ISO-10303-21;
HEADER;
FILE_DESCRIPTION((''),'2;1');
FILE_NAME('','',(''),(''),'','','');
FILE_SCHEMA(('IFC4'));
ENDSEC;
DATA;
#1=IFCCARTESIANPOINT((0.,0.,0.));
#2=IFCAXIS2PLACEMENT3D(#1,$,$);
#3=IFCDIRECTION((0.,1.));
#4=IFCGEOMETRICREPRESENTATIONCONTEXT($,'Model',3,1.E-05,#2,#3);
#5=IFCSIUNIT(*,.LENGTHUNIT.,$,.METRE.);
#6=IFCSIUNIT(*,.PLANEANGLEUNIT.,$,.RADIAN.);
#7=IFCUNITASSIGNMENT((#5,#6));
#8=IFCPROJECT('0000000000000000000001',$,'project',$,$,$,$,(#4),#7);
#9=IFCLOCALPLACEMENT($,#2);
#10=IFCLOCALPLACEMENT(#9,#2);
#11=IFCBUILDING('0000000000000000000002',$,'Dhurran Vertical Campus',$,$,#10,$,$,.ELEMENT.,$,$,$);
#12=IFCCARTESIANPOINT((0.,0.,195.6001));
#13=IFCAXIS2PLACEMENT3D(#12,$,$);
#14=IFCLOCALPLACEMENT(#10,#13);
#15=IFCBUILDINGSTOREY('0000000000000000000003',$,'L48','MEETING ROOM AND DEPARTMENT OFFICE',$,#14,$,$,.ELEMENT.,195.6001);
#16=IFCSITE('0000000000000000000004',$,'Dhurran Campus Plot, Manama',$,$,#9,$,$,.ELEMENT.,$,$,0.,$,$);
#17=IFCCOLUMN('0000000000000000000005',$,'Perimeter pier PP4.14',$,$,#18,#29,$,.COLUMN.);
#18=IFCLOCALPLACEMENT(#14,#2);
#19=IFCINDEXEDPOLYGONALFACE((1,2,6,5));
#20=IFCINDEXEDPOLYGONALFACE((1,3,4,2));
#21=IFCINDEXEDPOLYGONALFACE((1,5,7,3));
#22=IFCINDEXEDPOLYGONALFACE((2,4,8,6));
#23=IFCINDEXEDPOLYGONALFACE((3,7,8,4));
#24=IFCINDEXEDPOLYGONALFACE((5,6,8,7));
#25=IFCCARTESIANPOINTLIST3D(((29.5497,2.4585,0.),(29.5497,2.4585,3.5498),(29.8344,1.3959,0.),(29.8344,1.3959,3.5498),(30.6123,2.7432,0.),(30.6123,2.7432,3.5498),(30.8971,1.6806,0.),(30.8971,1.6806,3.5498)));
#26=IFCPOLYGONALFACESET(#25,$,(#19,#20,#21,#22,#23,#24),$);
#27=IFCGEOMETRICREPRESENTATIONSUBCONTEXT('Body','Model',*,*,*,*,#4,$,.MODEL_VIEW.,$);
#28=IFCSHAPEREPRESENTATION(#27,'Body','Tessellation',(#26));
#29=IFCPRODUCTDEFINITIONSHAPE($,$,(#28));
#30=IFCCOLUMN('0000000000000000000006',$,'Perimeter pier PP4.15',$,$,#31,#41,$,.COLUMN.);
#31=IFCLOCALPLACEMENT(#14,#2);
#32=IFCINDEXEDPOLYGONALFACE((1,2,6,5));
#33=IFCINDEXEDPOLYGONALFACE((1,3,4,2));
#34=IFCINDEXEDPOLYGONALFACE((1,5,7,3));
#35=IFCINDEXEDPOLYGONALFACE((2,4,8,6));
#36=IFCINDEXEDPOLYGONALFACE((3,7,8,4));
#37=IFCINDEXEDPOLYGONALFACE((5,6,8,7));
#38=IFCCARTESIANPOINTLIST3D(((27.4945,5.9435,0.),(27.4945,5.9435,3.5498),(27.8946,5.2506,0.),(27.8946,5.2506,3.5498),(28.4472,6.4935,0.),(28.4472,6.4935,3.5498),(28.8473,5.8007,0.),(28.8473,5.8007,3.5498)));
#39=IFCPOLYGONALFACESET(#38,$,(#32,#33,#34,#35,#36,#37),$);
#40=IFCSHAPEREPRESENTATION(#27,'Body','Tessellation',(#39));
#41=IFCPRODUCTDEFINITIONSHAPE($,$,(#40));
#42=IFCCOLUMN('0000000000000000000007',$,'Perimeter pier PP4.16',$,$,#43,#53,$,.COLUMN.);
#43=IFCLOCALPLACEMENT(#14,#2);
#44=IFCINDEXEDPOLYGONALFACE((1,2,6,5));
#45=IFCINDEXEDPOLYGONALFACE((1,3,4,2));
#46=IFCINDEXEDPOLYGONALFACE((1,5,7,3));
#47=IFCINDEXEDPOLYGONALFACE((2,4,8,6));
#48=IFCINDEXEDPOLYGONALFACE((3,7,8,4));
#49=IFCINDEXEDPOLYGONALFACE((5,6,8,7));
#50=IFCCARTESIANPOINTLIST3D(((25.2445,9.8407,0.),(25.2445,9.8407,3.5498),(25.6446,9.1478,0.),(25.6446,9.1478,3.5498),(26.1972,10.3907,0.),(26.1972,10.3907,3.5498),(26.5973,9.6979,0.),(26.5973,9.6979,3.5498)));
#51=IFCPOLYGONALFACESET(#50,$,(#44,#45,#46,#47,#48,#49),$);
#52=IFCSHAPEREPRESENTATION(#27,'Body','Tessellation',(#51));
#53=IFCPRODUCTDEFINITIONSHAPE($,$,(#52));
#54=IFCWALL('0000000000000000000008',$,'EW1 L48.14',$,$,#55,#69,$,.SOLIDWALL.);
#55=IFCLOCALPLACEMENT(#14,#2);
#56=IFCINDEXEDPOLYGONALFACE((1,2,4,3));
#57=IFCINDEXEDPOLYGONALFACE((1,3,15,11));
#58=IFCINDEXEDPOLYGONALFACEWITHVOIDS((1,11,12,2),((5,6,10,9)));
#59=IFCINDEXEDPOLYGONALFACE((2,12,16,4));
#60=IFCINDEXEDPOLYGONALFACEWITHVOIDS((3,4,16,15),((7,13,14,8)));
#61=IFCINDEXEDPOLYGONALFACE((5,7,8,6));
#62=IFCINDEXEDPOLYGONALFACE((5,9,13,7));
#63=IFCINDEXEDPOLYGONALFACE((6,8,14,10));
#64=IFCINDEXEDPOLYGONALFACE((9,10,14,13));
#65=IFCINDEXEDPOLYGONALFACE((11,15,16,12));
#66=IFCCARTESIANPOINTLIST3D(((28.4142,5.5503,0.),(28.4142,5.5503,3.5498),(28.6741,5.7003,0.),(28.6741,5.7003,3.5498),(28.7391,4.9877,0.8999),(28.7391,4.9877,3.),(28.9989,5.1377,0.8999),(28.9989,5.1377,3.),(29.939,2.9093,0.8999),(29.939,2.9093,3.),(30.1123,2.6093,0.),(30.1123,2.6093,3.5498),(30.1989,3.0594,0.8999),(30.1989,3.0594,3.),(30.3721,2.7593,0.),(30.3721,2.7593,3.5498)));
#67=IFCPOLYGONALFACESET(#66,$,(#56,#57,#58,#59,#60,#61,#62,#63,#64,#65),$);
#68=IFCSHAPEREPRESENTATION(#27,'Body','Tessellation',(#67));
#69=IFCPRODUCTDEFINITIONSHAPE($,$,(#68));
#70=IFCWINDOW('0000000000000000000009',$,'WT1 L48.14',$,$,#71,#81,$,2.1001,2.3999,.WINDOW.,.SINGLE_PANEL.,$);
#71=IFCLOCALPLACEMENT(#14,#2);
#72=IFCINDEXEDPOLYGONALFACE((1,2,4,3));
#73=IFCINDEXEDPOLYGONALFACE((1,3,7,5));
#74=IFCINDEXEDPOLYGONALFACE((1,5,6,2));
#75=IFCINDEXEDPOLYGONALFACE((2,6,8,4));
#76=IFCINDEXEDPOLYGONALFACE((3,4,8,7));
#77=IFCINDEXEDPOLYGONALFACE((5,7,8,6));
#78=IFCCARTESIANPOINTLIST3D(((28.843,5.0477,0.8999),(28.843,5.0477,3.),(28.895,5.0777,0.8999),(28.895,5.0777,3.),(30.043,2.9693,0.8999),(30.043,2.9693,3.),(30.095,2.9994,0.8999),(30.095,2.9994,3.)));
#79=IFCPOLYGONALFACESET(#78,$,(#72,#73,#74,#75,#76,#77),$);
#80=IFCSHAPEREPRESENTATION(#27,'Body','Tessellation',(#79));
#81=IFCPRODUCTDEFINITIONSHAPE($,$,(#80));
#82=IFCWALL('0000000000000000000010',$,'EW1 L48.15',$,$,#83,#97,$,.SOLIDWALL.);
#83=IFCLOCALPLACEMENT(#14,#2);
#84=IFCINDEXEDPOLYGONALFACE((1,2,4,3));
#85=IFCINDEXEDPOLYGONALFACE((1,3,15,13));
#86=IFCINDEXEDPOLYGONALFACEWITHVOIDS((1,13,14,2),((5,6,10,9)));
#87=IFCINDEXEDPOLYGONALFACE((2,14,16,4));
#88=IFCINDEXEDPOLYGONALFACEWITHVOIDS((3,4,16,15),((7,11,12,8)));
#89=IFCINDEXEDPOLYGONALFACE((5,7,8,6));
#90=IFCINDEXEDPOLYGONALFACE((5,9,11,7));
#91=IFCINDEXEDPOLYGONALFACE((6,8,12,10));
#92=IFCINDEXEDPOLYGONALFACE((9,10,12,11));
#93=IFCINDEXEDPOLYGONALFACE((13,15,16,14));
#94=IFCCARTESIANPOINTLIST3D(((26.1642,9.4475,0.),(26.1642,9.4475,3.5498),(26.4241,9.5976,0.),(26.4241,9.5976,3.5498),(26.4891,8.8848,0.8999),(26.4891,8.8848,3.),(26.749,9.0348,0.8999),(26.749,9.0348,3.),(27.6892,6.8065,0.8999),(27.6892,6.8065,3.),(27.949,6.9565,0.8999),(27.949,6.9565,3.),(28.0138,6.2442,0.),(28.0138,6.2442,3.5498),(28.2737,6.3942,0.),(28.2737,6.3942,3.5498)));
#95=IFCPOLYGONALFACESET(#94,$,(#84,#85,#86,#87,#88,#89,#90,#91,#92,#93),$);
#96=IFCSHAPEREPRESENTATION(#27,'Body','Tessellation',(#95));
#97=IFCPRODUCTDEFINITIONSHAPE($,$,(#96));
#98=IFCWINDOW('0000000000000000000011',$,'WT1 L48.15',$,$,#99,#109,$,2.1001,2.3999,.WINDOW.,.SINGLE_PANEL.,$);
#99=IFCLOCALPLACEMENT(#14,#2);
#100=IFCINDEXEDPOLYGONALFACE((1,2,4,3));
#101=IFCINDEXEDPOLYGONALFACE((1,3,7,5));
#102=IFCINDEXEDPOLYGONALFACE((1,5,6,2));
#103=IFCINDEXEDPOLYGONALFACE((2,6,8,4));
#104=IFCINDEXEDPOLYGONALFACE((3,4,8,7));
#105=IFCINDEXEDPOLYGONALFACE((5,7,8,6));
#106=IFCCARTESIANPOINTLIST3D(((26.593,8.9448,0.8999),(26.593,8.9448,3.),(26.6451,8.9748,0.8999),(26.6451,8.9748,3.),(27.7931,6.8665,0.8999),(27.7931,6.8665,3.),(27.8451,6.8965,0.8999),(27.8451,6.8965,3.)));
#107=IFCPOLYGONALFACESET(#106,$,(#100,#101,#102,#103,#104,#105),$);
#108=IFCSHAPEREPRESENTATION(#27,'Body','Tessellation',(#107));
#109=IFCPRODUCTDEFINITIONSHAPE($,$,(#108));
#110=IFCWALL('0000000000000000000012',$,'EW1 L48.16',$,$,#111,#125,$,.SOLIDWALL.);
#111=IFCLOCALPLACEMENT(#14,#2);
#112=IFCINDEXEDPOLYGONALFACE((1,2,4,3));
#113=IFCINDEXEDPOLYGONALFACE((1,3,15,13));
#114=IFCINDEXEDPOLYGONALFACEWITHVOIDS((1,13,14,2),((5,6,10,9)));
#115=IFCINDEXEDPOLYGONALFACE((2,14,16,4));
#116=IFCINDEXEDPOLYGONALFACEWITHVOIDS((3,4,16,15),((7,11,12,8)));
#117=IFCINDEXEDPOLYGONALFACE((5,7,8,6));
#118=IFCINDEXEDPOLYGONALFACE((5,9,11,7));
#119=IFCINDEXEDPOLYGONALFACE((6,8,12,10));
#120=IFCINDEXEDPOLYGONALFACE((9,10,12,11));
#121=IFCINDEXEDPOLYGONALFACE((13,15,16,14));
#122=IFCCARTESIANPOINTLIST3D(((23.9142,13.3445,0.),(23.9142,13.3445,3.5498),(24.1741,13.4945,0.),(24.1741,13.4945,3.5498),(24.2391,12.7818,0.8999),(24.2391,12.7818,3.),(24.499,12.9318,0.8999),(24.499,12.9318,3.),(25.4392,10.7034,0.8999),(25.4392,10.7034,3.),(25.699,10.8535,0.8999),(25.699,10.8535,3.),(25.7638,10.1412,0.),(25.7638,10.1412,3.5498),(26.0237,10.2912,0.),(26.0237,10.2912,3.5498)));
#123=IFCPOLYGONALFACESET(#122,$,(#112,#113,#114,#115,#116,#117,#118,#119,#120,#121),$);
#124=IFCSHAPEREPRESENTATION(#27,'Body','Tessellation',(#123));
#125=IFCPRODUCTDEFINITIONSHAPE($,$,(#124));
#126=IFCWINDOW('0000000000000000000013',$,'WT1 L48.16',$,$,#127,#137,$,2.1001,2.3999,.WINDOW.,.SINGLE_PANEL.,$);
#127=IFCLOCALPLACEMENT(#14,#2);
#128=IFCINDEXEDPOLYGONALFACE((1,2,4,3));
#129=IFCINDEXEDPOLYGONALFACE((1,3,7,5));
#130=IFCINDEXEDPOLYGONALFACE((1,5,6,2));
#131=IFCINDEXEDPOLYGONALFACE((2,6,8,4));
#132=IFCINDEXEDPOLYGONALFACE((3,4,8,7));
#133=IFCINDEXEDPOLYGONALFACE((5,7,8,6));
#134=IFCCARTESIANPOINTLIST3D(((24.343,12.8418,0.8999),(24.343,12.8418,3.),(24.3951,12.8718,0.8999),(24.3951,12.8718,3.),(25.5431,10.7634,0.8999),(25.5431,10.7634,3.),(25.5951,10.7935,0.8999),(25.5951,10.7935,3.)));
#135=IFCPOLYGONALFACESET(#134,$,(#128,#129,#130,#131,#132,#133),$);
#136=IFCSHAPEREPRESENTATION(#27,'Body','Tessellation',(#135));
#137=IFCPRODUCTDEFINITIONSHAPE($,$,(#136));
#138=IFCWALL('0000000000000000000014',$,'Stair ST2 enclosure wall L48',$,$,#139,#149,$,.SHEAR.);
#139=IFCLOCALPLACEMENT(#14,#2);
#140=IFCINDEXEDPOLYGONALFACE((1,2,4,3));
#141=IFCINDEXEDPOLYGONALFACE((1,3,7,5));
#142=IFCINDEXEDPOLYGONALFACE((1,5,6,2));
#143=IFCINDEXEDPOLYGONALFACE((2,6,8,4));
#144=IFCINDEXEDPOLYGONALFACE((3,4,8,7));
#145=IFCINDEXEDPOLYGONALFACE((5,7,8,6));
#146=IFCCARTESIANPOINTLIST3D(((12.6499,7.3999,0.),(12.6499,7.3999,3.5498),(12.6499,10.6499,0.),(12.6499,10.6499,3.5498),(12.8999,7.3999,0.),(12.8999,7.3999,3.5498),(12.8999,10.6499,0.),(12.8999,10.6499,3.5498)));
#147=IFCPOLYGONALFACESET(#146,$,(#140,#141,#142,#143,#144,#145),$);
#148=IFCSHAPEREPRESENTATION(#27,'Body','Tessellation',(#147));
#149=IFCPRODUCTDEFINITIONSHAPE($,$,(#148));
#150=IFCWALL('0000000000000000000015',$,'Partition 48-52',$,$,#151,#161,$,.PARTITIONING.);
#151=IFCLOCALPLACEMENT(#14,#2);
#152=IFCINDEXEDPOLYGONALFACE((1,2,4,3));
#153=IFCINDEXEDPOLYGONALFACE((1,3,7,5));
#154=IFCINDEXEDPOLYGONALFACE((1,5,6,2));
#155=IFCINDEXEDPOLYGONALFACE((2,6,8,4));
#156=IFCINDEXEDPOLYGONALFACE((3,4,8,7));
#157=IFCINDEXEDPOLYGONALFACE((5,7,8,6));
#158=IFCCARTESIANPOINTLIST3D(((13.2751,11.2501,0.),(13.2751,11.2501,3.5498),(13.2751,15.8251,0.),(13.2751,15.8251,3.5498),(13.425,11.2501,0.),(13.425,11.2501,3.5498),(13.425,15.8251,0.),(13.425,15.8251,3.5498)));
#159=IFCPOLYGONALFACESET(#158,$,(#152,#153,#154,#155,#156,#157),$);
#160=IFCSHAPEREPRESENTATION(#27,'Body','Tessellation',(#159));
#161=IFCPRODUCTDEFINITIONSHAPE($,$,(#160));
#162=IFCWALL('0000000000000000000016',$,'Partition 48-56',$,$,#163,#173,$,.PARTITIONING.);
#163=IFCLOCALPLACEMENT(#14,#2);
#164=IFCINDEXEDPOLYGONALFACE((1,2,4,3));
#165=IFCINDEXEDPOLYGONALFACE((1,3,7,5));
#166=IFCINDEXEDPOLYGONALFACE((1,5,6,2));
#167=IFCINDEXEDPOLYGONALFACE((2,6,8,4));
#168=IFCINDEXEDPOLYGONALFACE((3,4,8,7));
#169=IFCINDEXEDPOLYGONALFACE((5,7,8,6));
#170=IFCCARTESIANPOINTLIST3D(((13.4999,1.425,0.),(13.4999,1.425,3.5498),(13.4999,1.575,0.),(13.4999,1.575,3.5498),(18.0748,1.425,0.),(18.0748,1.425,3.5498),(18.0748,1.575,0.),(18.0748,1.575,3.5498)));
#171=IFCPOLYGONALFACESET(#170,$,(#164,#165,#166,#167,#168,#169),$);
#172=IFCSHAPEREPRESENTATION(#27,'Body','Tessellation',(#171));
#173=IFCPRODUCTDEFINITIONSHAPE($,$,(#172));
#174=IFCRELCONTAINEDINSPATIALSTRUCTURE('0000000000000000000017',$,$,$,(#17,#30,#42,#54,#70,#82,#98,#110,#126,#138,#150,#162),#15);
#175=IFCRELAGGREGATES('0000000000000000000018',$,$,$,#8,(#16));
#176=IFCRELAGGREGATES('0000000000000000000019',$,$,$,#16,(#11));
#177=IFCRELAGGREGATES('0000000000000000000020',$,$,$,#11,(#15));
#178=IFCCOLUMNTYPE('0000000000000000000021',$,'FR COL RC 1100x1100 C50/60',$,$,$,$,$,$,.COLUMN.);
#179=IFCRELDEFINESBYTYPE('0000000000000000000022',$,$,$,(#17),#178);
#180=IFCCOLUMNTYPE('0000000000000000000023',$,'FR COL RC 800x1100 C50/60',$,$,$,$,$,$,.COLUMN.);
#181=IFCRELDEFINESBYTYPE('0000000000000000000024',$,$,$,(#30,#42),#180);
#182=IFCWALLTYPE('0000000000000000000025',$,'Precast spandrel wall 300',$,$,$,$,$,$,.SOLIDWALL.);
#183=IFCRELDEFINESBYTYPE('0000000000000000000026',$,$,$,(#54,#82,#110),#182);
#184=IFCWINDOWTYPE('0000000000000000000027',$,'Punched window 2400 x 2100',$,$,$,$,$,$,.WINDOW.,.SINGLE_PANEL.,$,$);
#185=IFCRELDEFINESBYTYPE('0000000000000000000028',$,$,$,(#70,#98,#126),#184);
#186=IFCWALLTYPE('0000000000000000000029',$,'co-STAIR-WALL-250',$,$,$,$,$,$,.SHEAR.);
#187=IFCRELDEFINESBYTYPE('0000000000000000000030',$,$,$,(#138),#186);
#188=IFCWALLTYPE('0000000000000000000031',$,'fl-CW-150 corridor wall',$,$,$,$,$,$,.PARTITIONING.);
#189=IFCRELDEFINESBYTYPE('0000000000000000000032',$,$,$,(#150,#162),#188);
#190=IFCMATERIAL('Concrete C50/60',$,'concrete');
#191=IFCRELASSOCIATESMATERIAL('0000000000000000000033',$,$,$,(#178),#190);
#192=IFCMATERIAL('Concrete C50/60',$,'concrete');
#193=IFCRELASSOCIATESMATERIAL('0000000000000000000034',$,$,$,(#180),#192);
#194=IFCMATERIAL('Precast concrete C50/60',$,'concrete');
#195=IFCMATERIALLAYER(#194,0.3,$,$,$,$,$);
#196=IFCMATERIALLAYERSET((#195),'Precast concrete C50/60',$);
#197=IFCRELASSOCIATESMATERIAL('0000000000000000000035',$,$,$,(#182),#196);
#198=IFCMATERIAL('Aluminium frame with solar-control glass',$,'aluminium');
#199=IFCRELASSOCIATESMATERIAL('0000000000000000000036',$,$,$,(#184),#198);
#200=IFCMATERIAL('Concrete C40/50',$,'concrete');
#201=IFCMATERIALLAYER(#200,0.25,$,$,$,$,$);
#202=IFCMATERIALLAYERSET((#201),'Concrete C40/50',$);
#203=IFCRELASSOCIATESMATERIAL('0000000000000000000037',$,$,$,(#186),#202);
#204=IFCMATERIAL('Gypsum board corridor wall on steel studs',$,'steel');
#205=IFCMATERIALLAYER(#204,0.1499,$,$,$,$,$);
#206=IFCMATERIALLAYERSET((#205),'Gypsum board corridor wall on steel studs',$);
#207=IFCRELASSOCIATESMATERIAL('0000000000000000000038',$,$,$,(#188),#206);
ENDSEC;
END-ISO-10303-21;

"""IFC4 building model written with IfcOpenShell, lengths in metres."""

from ifc_helpers import new_model, si_unit, direction, frame, frame_2d, origin, origin_2d, place, context, subcontext, project, spatial, rectangle, extrude, material, layer, layer_set, material_profile, profile_set, type_object, element, fill, save


model = new_model("IFC4")

# Units and contexts
model_context = context("Model", 3, precision=1e-05, world=origin(), true_north=direction((0.0, 1.0)))
body_context = subcontext(model_context, "Body", "Model", "MODEL_VIEW")
ifc_project = project(units=[si_unit("LENGTHUNIT", "METRE"), si_unit("PLANEANGLEUNIT", "RADIAN")], contexts=[model_context])

# Site, building, storey
site_placement = place(None, origin())
site = spatial("IfcSite", under=ifc_project, at=site_placement, Name="Dhurran Campus Plot, Manama", CompositionType="ELEMENT", RefElevation=0.0)
building_placement = place(site_placement, origin())
building = spatial("IfcBuilding", under=site, at=building_placement, Name="Dhurran Vertical Campus", CompositionType="ELEMENT")
storey_placement = place(building_placement, frame((0.0, 0.0, 195.6001)))
storey = spatial("IfcBuildingStorey", under=building, at=storey_placement, Name="L48", Description="MEETING ROOM AND DEPARTMENT OFFICE", CompositionType="ELEMENT", Elevation=195.6001)

# Columns
ifc_material_1 = material(Name="Concrete C50/60", Category="concrete")
ifc_material_profile_1 = material_profile(ifc_material_1, rectangle(XDim=1.1001, YDim=1.1001, at=origin_2d()), Name="RC 1100x1100")
ifc_profile_set_1 = profile_set([ifc_material_profile_1], Name="Concrete C50/60")
column_type_1 = type_object("IfcColumnType", Name="FR COL RC 1100x1100 C50/60", PredefinedType="COLUMN", material=ifc_profile_set_1)
column_placement = place(storey_placement, frame((30.2234, 2.0696, 0.0), z_axis=(0.0, 0.0, 1.0), x_axis=(-0.258819, 0.965926, 0.0)))
element("IfcColumn", 1, at=column_placement, inside=storey, type_object=column_type_1, Name="Perimeter pier PP4.14", PredefinedType="COLUMN", context=body_context, shape_type="SweptSolid", body=[
    extrude(rectangle(XDim=1.1001, YDim=1.1001, at=origin_2d()), origin(), (0.0, 0.0, 1.0), 3.5498),
])
ifc_material_2 = material(Name="Concrete C50/60", Category="concrete")
ifc_material_profile_2 = material_profile(ifc_material_2, rectangle(XDim=0.8, YDim=1.1001, at=origin_2d()), Name="RC 800x1100")
ifc_profile_set_2 = profile_set([ifc_material_profile_2], Name="Concrete C50/60")
column_type_2 = type_object("IfcColumnType", Name="FR COL RC 800x1100 C50/60", PredefinedType="COLUMN", material=ifc_profile_set_2)
for number, where, z_axis, x_axis, name in (
    (2, (28.1709, 5.8721, 0.0), (0.0, 0.0, 1.0), (-0.5, 0.866025, 0.0), "Perimeter pier PP4.15"),
    (3, (25.9209, 9.7693, 0.0), (0.0, 0.0, 1.0), (-0.5, 0.866025, 0.0), "Perimeter pier PP4.16"),
):
    element("IfcColumn", number, at=place(storey_placement, frame(where, z_axis=z_axis, x_axis=x_axis)), inside=storey, type_object=column_type_2, Name=name, PredefinedType="COLUMN", context=body_context, shape_type="SweptSolid", body=[
        extrude(rectangle(XDim=0.8, YDim=1.1001, at=origin_2d()), origin(), (0.0, 0.0, 1.0), 3.5498),
    ])

# Walls, openings, windows
ifc_material_3 = material(Name="Precast concrete C50/60", Category="concrete")
ifc_layer_1 = layer(ifc_material_3, 0.3)
ifc_layer_set_1 = layer_set([ifc_layer_1], Name="Precast concrete C50/60")
wall_type_1 = type_object("IfcWallType", Name="Precast spandrel wall 300", PredefinedType="SOLIDWALL", material=ifc_layer_set_1)
wall_1_placement = place(storey_placement, frame((30.2422, 2.6843, 0.0), z_axis=(0.0, 0.0, 1.0), x_axis=(-0.500013, 0.866018, 0.0)))
wall_1 = element("IfcWall", 4, at=wall_1_placement, inside=storey, type_object=wall_type_1, Name="EW1 L48.14", PredefinedType="SOLIDWALL", context=body_context, shape_type="SweptSolid", body=[
    extrude(rectangle(XDim=3.396, YDim=0.3, at=frame_2d((1.698, 0.0))), origin(), (0.0, 0.0, 1.0), 3.5498),
])
opening_1_placement = place(wall_1_placement, frame((0.3464, 0.0, 0.8999)))
opening_1 = element("IfcOpeningElement", 5, at=opening_1_placement, cuts=wall_1, PredefinedType="OPENING", context=body_context, shape_type="SweptSolid", body=[
    extrude(rectangle(XDim=2.3999, YDim=2.1001, at=frame_2d((1.2, 1.05))), frame((0.0, 0.1599, 0.0), z_axis=(0.0, -1.0, 0.0), x_axis=(1.0, 0.0, 0.0)), (0.0, 0.0, 1.0), 0.3201),
])
ifc_material_4 = material(Name="Aluminium frame with solar-control glass", Category="aluminium")
window_type = type_object("IfcWindowType", Name="Punched window 2400 x 2100", PartitioningType="SINGLE_PANEL", PredefinedType="WINDOW", material=ifc_material_4)
window_1_placement = place(opening_1_placement, origin())
window_1 = element("IfcWindow", 6, at=window_1_placement, inside=storey, type_object=window_type, Name="WT1 L48.14", OverallHeight=2.1001, OverallWidth=2.3999, PartitioningType="SINGLE_PANEL", PredefinedType="WINDOW", context=body_context, shape_type="SweptSolid", body=[
    extrude(rectangle(XDim=2.3999, YDim=2.1001, at=frame_2d((1.2, 1.05))), frame((0.0, 0.03, 0.0), z_axis=(0.0, -1.0, 0.0), x_axis=(1.0, 0.0, 0.0)), (0.0, 0.0, 1.0), 0.0601),
])
fill(opening_1, window_1)
wall_2_placement = place(storey_placement, frame((28.1438, 6.3191, 0.0), z_axis=(0.0, 0.0, 1.0), x_axis=(-0.500029, 0.866009, 0.0)))
wall_2 = element("IfcWall", 7, at=wall_2_placement, inside=storey, type_object=wall_type_1, Name="EW1 L48.15", PredefinedType="SOLIDWALL", context=body_context, shape_type="SweptSolid", body=[
    extrude(rectangle(XDim=3.699, YDim=0.3, at=frame_2d((1.8496, 0.0))), origin(), (0.0, 0.0, 1.0), 3.5498),
])
opening_2_placement = place(wall_2_placement, frame((0.6494, 0.0, 0.8999)))
opening_2 = element("IfcOpeningElement", 8, at=opening_2_placement, cuts=wall_2, PredefinedType="OPENING", context=body_context, shape_type="SweptSolid", body=[
    extrude(rectangle(XDim=2.3999, YDim=2.1001, at=frame_2d((1.2, 1.05))), frame((0.0, 0.1599, 0.0), z_axis=(0.0, -1.0, 0.0), x_axis=(1.0, 0.0, 0.0)), (0.0, 0.0, 1.0), 0.3201),
])
window_2_placement = place(opening_2_placement, origin())
window_2 = element("IfcWindow", 9, at=window_2_placement, inside=storey, type_object=window_type, Name="WT1 L48.15", OverallHeight=2.1001, OverallWidth=2.3999, PartitioningType="SINGLE_PANEL", PredefinedType="WINDOW", context=body_context, shape_type="SweptSolid", body=[
    extrude(rectangle(XDim=2.3999, YDim=2.1001, at=frame_2d((1.2, 1.05))), frame((0.0, 0.03, 0.0), z_axis=(0.0, -1.0, 0.0), x_axis=(1.0, 0.0, 0.0)), (0.0, 0.0, 1.0), 0.0601),
])
fill(opening_2, window_2)
wall_3_placement = place(storey_placement, frame((25.8938, 10.2161, 0.0), z_axis=(0.0, 0.0, 1.0), x_axis=(-0.500029, 0.866009, 0.0)))
wall_3 = element("IfcWall", 10, at=wall_3_placement, inside=storey, type_object=wall_type_1, Name="EW1 L48.16", PredefinedType="SOLIDWALL", context=body_context, shape_type="SweptSolid", body=[
    extrude(rectangle(XDim=3.699, YDim=0.3, at=frame_2d((1.8496, 0.0))), origin(), (0.0, 0.0, 1.0), 3.5498),
])
opening_3_placement = place(wall_3_placement, frame((0.6494, 0.0, 0.8999)))
opening_3 = element("IfcOpeningElement", 11, at=opening_3_placement, cuts=wall_3, PredefinedType="OPENING", context=body_context, shape_type="SweptSolid", body=[
    extrude(rectangle(XDim=2.3999, YDim=2.1001, at=frame_2d((1.2, 1.05))), frame((0.0, 0.1599, 0.0), z_axis=(0.0, -1.0, 0.0), x_axis=(1.0, 0.0, 0.0)), (0.0, 0.0, 1.0), 0.3201),
])
window_3_placement = place(opening_3_placement, origin())
window_3 = element("IfcWindow", 12, at=window_3_placement, inside=storey, type_object=window_type, Name="WT1 L48.16", OverallHeight=2.1001, OverallWidth=2.3999, PartitioningType="SINGLE_PANEL", PredefinedType="WINDOW", context=body_context, shape_type="SweptSolid", body=[
    extrude(rectangle(XDim=2.3999, YDim=2.1001, at=frame_2d((1.2, 1.05))), frame((0.0, 0.03, 0.0), z_axis=(0.0, -1.0, 0.0), x_axis=(1.0, 0.0, 0.0)), (0.0, 0.0, 1.0), 0.0601),
])
fill(opening_3, window_3)

# Walls
ifc_material_5 = material(Name="Concrete C40/50", Category="concrete")
ifc_layer_2 = layer(ifc_material_5, 0.25)
ifc_layer_set_2 = layer_set([ifc_layer_2], Name="Concrete C40/50")
wall_type_2 = type_object("IfcWallType", Name="co-STAIR-WALL-250", PredefinedType="SHEAR", material=ifc_layer_set_2)
wall_4_placement = place(storey_placement, frame((12.7749, 7.3999, 0.0), z_axis=(0.0, 0.0, 1.0), x_axis=(0.0, 1.0, 0.0)))
element("IfcWall", 13, at=wall_4_placement, inside=storey, type_object=wall_type_2, Name="Stair ST2 enclosure wall L48", PredefinedType="SHEAR", context=body_context, shape_type="SweptSolid", body=[
    extrude(rectangle(XDim=3.25, YDim=0.25, at=frame_2d((1.625, 0.0))), origin(), (0.0, 0.0, 1.0), 3.5498),
])
ifc_material_6 = material(Name="Gypsum board corridor wall on steel studs", Category="steel")
ifc_layer_3 = layer(ifc_material_6, 0.1499)
ifc_layer_set_3 = layer_set([ifc_layer_3], Name="Gypsum board corridor wall on steel studs")
wall_type_3 = type_object("IfcWallType", Name="fl-CW-150 corridor wall", PredefinedType="PARTITIONING", material=ifc_layer_set_3)
for number, where, z_axis, x_axis, name in (
    (14, (13.3501, 11.25, 0.0), (0.0, 0.0, 1.0), (0.0, 1.0, 0.0), "Partition 48-52"),
    (15, (18.075, 1.5, 0.0), (0.0, 0.0, 1.0), (-1.0, 0.0, 0.0), "Partition 48-56"),
):
    element("IfcWall", number, at=place(storey_placement, frame(where, z_axis=z_axis, x_axis=x_axis)), inside=storey, type_object=wall_type_3, Name=name, PredefinedType="PARTITIONING", context=body_context, shape_type="SweptSolid", body=[
        extrude(rectangle(XDim=4.575, YDim=0.1499, at=frame_2d((2.2876, 0.0))), origin(), (0.0, 0.0, 1.0), 3.5498),
    ])

save(model, "model.ifc")
